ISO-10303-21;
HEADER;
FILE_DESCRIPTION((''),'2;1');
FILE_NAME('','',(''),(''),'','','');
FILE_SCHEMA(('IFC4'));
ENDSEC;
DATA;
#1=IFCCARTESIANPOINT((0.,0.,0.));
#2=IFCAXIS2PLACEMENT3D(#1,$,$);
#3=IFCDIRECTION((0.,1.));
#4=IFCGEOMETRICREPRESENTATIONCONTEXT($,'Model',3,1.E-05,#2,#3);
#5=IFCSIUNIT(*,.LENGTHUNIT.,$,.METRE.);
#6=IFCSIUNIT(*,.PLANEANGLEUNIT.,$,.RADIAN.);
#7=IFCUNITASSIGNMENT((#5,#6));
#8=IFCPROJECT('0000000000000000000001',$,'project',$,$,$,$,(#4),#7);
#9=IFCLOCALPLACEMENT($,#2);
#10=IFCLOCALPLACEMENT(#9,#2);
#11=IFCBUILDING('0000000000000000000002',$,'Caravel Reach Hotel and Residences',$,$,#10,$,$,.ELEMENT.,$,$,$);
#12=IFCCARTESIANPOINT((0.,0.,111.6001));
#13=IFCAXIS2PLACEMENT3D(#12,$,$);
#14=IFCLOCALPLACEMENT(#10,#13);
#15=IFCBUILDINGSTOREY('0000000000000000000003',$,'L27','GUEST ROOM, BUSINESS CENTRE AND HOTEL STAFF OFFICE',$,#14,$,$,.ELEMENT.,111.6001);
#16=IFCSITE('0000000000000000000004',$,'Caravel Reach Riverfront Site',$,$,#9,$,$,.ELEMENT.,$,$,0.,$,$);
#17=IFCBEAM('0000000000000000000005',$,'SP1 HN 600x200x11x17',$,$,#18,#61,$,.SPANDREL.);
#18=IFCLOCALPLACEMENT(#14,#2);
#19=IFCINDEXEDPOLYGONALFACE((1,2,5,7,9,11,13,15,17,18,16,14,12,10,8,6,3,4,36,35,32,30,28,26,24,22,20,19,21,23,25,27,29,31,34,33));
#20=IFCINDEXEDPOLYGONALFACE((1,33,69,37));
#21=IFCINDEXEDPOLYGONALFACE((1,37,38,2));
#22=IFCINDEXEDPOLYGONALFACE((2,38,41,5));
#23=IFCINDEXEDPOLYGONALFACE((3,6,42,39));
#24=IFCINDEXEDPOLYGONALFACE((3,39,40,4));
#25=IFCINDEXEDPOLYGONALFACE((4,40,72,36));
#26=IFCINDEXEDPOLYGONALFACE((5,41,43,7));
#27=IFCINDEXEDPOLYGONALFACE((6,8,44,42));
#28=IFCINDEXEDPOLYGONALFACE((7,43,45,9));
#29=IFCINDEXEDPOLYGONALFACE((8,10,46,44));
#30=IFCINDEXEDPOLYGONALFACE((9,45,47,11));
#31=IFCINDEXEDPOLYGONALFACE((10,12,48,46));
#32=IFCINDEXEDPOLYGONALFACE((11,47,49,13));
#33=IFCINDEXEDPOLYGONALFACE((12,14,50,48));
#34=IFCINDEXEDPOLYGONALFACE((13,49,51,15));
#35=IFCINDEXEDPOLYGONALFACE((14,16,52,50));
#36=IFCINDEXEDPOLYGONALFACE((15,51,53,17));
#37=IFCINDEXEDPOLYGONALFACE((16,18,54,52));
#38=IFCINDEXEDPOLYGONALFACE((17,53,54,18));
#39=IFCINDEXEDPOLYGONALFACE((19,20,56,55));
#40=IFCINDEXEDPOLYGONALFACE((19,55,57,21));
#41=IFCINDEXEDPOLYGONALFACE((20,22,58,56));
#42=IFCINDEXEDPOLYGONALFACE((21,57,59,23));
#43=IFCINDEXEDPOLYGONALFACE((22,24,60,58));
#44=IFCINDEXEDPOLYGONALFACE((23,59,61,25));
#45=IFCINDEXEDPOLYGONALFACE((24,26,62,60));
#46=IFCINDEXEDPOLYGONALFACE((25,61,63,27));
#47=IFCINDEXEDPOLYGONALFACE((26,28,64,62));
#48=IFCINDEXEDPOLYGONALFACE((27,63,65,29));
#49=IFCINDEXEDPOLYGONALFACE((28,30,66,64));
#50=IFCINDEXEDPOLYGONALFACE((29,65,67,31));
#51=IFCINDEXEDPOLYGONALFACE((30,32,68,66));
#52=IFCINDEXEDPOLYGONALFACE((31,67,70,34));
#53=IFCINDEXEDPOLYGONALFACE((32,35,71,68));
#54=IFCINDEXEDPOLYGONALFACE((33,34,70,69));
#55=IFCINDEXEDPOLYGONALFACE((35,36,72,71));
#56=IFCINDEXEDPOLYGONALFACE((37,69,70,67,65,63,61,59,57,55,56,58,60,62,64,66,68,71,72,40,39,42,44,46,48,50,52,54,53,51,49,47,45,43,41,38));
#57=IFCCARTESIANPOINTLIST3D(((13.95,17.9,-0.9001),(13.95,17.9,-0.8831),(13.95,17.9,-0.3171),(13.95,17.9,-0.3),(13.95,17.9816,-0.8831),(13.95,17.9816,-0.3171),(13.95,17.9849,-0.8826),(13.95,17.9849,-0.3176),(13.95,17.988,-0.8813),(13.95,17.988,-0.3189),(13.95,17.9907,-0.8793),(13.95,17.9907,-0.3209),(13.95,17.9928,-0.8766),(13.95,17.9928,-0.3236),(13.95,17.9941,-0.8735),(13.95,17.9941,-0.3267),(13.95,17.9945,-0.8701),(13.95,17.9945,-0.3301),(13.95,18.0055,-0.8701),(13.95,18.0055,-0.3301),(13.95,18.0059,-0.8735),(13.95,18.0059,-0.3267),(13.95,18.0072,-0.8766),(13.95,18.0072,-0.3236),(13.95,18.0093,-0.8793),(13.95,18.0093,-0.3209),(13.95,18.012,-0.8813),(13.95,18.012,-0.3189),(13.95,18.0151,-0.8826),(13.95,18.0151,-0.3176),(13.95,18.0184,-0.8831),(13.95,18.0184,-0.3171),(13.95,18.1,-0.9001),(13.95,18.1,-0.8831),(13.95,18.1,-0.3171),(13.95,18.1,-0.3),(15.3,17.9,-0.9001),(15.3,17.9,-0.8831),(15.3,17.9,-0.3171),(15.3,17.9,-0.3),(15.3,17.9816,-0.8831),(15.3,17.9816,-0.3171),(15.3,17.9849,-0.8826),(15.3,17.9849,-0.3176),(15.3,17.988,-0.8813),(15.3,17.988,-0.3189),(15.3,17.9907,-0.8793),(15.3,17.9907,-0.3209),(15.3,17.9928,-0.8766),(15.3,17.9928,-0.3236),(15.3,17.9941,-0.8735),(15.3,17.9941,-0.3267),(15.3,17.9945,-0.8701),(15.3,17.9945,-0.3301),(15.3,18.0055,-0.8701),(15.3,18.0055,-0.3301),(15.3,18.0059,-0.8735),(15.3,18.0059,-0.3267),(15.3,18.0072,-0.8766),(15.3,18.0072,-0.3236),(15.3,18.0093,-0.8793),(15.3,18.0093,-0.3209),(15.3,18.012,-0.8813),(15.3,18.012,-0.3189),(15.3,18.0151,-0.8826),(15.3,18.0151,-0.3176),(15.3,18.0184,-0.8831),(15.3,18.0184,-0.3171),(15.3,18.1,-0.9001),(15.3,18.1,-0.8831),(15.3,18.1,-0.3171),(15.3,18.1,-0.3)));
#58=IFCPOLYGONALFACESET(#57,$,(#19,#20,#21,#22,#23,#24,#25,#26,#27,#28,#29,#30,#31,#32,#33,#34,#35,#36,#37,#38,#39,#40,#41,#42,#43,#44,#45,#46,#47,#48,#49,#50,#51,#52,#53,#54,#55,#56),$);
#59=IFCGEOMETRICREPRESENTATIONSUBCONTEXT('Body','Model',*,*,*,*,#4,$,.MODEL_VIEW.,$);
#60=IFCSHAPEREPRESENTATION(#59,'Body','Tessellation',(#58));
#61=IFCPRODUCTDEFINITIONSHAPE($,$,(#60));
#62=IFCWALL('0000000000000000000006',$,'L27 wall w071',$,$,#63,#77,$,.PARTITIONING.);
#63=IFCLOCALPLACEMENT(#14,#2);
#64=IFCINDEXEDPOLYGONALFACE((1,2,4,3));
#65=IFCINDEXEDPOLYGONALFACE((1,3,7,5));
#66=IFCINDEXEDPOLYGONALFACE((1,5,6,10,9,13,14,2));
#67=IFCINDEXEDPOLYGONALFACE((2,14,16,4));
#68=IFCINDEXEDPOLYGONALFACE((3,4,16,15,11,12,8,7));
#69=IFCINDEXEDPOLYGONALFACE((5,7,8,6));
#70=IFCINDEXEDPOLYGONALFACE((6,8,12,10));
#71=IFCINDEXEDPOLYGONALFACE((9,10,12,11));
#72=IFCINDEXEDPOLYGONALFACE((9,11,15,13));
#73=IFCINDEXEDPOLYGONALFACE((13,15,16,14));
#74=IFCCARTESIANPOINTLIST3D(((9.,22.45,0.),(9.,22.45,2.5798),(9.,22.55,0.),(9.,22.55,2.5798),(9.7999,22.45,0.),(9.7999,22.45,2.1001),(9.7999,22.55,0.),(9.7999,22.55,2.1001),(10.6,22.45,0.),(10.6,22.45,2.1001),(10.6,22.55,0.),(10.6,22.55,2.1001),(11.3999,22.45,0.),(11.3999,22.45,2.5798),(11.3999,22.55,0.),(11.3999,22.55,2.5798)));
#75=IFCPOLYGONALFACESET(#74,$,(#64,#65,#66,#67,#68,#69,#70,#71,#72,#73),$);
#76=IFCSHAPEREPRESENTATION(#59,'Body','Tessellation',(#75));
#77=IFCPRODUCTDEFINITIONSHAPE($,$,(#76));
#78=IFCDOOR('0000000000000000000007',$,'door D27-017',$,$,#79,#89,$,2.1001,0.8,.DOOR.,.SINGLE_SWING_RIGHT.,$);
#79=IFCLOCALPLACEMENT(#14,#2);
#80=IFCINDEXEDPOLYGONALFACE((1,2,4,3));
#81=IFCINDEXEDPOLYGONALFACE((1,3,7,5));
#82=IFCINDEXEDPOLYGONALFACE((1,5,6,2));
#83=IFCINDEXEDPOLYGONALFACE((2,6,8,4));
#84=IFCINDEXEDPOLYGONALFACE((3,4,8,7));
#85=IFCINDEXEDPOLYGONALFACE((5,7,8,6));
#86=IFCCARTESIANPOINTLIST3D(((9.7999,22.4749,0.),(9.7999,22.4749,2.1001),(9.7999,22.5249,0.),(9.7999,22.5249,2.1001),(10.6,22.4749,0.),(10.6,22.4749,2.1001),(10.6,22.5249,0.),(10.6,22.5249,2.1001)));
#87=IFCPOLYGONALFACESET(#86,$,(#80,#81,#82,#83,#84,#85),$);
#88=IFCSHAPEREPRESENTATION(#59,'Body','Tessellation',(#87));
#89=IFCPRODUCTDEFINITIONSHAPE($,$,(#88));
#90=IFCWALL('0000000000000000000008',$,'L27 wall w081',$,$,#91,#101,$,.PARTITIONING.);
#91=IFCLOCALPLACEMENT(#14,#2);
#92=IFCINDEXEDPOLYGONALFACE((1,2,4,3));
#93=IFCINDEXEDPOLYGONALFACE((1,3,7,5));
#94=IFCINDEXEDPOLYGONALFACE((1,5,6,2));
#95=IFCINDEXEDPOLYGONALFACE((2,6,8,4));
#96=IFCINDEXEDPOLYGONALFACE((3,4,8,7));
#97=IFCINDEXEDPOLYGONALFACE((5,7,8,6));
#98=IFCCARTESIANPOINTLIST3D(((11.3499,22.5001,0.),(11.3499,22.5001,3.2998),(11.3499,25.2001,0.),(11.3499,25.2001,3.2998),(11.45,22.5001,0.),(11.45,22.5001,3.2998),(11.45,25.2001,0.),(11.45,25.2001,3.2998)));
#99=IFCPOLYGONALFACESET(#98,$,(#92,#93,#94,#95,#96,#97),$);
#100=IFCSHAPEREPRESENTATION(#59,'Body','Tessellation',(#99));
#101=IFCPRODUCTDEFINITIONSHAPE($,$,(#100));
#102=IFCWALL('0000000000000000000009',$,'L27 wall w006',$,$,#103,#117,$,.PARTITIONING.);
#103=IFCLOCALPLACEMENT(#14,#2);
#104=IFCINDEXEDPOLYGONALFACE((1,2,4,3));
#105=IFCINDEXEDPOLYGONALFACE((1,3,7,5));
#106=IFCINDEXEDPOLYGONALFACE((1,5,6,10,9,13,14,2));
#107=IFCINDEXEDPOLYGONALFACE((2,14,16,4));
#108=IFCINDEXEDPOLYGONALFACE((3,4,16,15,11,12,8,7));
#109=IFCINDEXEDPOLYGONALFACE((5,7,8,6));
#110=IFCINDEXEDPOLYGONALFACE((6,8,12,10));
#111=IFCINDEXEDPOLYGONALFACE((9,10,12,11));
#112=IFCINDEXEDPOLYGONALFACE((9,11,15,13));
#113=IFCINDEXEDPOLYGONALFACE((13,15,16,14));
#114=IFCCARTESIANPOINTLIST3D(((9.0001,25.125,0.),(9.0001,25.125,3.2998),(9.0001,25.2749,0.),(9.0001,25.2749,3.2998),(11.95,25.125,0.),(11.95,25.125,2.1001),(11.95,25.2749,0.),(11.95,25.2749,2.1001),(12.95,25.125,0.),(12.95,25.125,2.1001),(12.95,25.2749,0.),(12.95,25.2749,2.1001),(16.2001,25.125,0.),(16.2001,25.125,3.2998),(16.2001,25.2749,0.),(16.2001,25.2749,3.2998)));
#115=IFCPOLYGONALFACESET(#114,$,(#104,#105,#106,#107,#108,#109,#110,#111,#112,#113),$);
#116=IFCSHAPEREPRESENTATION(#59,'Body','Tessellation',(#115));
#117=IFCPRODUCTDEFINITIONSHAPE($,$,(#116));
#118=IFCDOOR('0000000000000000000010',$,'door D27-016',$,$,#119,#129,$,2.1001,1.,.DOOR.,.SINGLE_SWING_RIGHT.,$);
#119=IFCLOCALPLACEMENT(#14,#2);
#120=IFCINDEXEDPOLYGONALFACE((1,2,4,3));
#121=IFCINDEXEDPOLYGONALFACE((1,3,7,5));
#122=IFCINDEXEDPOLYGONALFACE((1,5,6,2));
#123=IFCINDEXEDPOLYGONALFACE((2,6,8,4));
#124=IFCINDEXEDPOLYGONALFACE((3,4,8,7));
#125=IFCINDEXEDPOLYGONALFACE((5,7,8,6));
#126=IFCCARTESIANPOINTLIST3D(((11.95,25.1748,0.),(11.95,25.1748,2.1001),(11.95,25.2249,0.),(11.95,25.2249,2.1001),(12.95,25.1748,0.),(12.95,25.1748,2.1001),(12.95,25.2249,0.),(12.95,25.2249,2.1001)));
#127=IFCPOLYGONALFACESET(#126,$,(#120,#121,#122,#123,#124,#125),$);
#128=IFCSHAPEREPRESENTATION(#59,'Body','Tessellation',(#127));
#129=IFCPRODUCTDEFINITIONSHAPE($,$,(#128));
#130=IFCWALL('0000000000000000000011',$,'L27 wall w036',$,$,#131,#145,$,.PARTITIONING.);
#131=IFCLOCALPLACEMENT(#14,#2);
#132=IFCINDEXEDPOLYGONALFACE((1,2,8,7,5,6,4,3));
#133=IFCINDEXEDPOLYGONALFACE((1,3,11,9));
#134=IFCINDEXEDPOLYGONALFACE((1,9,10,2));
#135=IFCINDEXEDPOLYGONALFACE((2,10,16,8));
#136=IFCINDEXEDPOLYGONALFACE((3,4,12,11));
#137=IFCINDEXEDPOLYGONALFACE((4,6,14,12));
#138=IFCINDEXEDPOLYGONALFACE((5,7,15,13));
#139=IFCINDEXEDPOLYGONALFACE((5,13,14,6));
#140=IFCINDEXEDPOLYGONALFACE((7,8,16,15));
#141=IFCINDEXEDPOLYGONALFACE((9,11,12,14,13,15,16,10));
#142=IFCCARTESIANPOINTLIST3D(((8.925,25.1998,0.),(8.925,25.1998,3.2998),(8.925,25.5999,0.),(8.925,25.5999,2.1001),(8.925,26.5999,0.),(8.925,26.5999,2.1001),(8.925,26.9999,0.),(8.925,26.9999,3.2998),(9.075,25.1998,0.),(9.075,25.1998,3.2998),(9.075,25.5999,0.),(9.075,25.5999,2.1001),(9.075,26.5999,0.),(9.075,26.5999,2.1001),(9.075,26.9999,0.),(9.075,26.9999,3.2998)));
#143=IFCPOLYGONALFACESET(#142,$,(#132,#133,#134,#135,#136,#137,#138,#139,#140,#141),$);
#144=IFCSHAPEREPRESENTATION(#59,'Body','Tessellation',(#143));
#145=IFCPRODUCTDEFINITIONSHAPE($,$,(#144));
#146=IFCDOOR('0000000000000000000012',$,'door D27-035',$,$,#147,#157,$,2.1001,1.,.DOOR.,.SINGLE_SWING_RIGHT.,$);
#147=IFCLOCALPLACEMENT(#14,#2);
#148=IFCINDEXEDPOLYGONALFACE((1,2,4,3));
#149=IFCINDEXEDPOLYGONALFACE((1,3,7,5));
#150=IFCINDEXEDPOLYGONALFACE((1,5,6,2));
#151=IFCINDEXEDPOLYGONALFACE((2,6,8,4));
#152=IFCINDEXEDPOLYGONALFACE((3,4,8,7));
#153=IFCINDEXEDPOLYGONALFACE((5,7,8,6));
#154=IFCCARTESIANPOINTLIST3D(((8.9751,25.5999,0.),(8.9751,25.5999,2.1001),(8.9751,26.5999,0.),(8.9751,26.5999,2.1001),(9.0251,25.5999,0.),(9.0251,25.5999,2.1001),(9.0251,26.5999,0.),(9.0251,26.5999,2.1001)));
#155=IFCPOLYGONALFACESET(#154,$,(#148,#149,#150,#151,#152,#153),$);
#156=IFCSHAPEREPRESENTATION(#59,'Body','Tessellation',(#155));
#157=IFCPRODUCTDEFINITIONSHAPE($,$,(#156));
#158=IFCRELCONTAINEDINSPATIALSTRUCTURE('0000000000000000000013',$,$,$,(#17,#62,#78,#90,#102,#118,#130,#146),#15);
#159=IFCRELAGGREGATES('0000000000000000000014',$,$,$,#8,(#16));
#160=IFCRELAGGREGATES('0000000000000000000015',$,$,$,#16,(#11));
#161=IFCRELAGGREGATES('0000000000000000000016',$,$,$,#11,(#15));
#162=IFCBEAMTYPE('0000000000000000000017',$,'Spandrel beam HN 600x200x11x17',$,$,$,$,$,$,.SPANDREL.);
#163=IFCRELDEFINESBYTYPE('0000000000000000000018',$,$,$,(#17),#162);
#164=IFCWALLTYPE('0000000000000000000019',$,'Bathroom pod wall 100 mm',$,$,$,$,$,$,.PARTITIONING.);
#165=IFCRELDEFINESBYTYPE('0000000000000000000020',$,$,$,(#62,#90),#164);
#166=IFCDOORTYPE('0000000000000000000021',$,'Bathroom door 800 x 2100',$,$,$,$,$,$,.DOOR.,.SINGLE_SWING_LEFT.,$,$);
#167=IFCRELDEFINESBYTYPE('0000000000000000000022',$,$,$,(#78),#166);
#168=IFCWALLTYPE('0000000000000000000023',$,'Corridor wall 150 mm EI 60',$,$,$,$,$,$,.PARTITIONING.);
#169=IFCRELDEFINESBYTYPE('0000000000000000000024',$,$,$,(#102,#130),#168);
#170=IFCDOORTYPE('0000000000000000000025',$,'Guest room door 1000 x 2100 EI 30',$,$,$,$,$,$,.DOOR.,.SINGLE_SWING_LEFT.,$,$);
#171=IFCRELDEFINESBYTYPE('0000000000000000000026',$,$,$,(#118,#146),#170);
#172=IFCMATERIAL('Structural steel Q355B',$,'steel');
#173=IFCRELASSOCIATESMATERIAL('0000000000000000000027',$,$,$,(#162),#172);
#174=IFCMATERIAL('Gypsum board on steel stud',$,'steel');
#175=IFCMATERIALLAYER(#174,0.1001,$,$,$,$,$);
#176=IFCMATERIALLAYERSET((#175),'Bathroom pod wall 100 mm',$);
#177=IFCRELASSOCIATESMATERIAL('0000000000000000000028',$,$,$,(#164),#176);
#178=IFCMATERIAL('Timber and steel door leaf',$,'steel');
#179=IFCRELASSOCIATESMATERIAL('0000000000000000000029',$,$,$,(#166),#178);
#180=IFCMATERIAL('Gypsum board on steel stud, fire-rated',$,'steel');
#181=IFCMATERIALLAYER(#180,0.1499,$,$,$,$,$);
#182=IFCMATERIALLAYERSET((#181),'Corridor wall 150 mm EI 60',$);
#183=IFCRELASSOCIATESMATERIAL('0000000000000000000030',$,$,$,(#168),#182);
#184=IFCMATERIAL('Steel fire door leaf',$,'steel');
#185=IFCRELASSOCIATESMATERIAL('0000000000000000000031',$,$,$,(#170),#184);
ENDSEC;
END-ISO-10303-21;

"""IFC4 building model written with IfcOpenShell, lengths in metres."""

from ifc_helpers import new_model, si_unit, direction, frame, frame_2d, origin, origin_2d, place, context, subcontext, project, spatial, rectangle, i_section, extrude, material, layer, layer_set, material_profile, profile_set, type_object, element, fill, save


model = new_model("IFC4")

# Units and contexts
model_context = context("Model", 3, precision=1e-05, world=origin(), true_north=direction((0.0, 1.0)))
body_context = subcontext(model_context, "Body", "Model", "MODEL_VIEW")
ifc_project = project(units=[si_unit("LENGTHUNIT", "METRE"), si_unit("PLANEANGLEUNIT", "RADIAN")], contexts=[model_context])

# Site, building, storey
site_placement = place(None, origin())
site = spatial("IfcSite", under=ifc_project, at=site_placement, Name="Caravel Reach Riverfront Site", CompositionType="ELEMENT", RefElevation=0.0)
building_placement = place(site_placement, origin())
building = spatial("IfcBuilding", under=site, at=building_placement, Name="Caravel Reach Hotel and Residences", CompositionType="ELEMENT")
storey_placement = place(building_placement, frame((0.0, 0.0, 111.6001)))
storey = spatial("IfcBuildingStorey", under=building, at=storey_placement, Name="L27", Description="GUEST ROOM, BUSINESS CENTRE AND HOTEL STAFF OFFICE", CompositionType="ELEMENT", Elevation=111.6001)

# Beam
ifc_material_1 = material(Name="Structural steel Q355B", Category="steel")
ifc_material_profile_1 = material_profile(ifc_material_1, i_section(OverallWidth=0.2, OverallDepth=0.6001, WebThickness=0.011, FlangeThickness=0.0171, FilletRadius=0.0129, at=origin_2d()), Name="HN 600x200x11x17")
ifc_profile_set_1 = profile_set([ifc_material_profile_1], Name="Structural steel Q355B")
beam_type_1 = type_object("IfcBeamType", Name="Spandrel beam HN 600x200x11x17", PredefinedType="SPANDREL", material=ifc_profile_set_1)
for number, where, z_axis, x_axis, name in (
    (1, (13.95, 18.0, -0.6001), (1.0, 0.0, 0.0), (0.0, 1.0, 0.0), "SP1 HN 600x200x11x17"),
):
    element("IfcBeam", number, at=place(storey_placement, frame(where, z_axis=z_axis, x_axis=x_axis)), inside=storey, type_object=beam_type_1, Name=name, PredefinedType="SPANDREL", context=body_context, shape_type="SweptSolid", body=[
        extrude(i_section(OverallWidth=0.2, OverallDepth=0.6001, WebThickness=0.011, FlangeThickness=0.0171, FilletRadius=0.0129, at=origin_2d()), origin(), (0.0, 0.0, 1.0), 1.3501),
    ])

# Wall, opening, door
ifc_material_2 = material(Name="Gypsum board on steel stud", Category="steel")
ifc_layer_1 = layer(ifc_material_2, 0.1001)
ifc_layer_set_1 = layer_set([ifc_layer_1], Name="Bathroom pod wall 100 mm")
wall_type_1 = type_object("IfcWallType", Name="Bathroom pod wall 100 mm", PredefinedType="PARTITIONING", material=ifc_layer_set_1)
wall_1_placement = place(storey_placement, frame((9.0, 22.5, 0.0), z_axis=(0.0, 0.0, 1.0), x_axis=(1.0, 0.0, 0.0)))
wall_1 = element("IfcWall", 2, at=wall_1_placement, inside=storey, type_object=wall_type_1, Name="L27 wall w071", PredefinedType="PARTITIONING", context=body_context, shape_type="SweptSolid", body=[
    extrude(rectangle(XDim=2.3999, YDim=0.1001, at=frame_2d((1.2, 0.0))), origin(), (0.0, 0.0, 1.0), 2.5798),
])
opening_1_placement = place(wall_1_placement, frame((0.8, 0.0, 0.0)))
opening_1 = element("IfcOpeningElement", 3, at=opening_1_placement, cuts=wall_1, PredefinedType="OPENING", context=body_context, shape_type="SweptSolid", body=[
    extrude(rectangle(XDim=0.8, YDim=2.1001, at=frame_2d((0.3999, 1.05))), frame((0.0, 0.0601, 0.0), z_axis=(0.0, -1.0, 0.0), x_axis=(1.0, 0.0, 0.0)), (0.0, 0.0, 1.0), 0.1201),
])
ifc_material_3 = material(Name="Timber and steel door leaf", Category="steel")
door_type_1 = type_object("IfcDoorType", Name="Bathroom door 800 x 2100", OperationType="SINGLE_SWING_LEFT", PredefinedType="DOOR", material=ifc_material_3)
door_1_placement = place(opening_1_placement, origin())
door_1 = element("IfcDoor", 4, at=door_1_placement, inside=storey, type_object=door_type_1, Name="door D27-017", OperationType="SINGLE_SWING_RIGHT", OverallHeight=2.1001, OverallWidth=0.8, PredefinedType="DOOR", context=body_context, shape_type="SweptSolid", body=[
    extrude(rectangle(XDim=0.8, YDim=2.1001, at=frame_2d((0.3999, 1.05))), frame((0.0, 0.0249, 0.0), z_axis=(0.0, -1.0, 0.0), x_axis=(1.0, 0.0, 0.0)), (0.0, 0.0, 1.0), 0.05),
])
fill(opening_1, door_1)

# Wall
wall_2_placement = place(storey_placement, frame((11.3999, 22.5, 0.0), z_axis=(0.0, 0.0, 1.0), x_axis=(0.0, 1.0, 0.0)))
element("IfcWall", 5, at=wall_2_placement, inside=storey, type_object=wall_type_1, Name="L27 wall w081", PredefinedType="PARTITIONING", context=body_context, shape_type="SweptSolid", body=[
    extrude(rectangle(XDim=2.7, YDim=0.1001, at=frame_2d((1.3501, 0.0))), origin(), (0.0, 0.0, 1.0), 3.2998),
])

# Walls, openings, doors
ifc_material_4 = material(Name="Gypsum board on steel stud, fire-rated", Category="steel")
ifc_layer_2 = layer(ifc_material_4, 0.1499)
ifc_layer_set_2 = layer_set([ifc_layer_2], Name="Corridor wall 150 mm EI 60")
wall_type_2 = type_object("IfcWallType", Name="Corridor wall 150 mm EI 60", PredefinedType="PARTITIONING", material=ifc_layer_set_2)
wall_3_placement = place(storey_placement, frame((9.0, 25.2, 0.0), z_axis=(0.0, 0.0, 1.0), x_axis=(1.0, 0.0, 0.0)))
wall_3 = element("IfcWall", 6, at=wall_3_placement, inside=storey, type_object=wall_type_2, Name="L27 wall w006", PredefinedType="PARTITIONING", context=body_context, shape_type="SweptSolid", body=[
    extrude(rectangle(XDim=7.2, YDim=0.1499, at=frame_2d((3.6001, 0.0))), origin(), (0.0, 0.0, 1.0), 3.2998),
])
opening_2_placement = place(wall_3_placement, frame((2.95, 0.0, 0.0)))
opening_2 = element("IfcOpeningElement", 7, at=opening_2_placement, cuts=wall_3, PredefinedType="OPENING", context=body_context, shape_type="SweptSolid", body=[
    extrude(rectangle(XDim=1.0, YDim=2.1001, at=frame_2d((0.5, 1.05))), frame((0.0, 0.085, 0.0), z_axis=(0.0, -1.0, 0.0), x_axis=(1.0, 0.0, 0.0)), (0.0, 0.0, 1.0), 0.1699),
])
ifc_material_5 = material(Name="Steel fire door leaf", Category="steel")
door_type_2 = type_object("IfcDoorType", Name="Guest room door 1000 x 2100 EI 30", OperationType="SINGLE_SWING_LEFT", PredefinedType="DOOR", material=ifc_material_5)
door_2_placement = place(opening_2_placement, origin())
door_2 = element("IfcDoor", 8, at=door_2_placement, inside=storey, type_object=door_type_2, Name="door D27-016", OperationType="SINGLE_SWING_RIGHT", OverallHeight=2.1001, OverallWidth=1.0, PredefinedType="DOOR", context=body_context, shape_type="SweptSolid", body=[
    extrude(rectangle(XDim=1.0, YDim=2.1001, at=frame_2d((0.5, 1.05))), frame((0.0, 0.0249, 0.0), z_axis=(0.0, -1.0, 0.0), x_axis=(1.0, 0.0, 0.0)), (0.0, 0.0, 1.0), 0.05),
])
fill(opening_2, door_2)
wall_4_placement = place(storey_placement, frame((9.0, 25.2, 0.0), z_axis=(0.0, 0.0, 1.0), x_axis=(0.0, 1.0, 0.0)))
wall_4 = element("IfcWall", 9, at=wall_4_placement, inside=storey, type_object=wall_type_2, Name="L27 wall w036", PredefinedType="PARTITIONING", context=body_context, shape_type="SweptSolid", body=[
    extrude(rectangle(XDim=1.8, YDim=0.1499, at=frame_2d((0.8999, 0.0))), origin(), (0.0, 0.0, 1.0), 3.2998),
])
opening_3_placement = place(wall_4_placement, frame((0.3999, 0.0, 0.0)))
opening_3 = element("IfcOpeningElement", 10, at=opening_3_placement, cuts=wall_4, PredefinedType="OPENING", context=body_context, shape_type="SweptSolid", body=[
    extrude(rectangle(XDim=1.0, YDim=2.1001, at=frame_2d((0.5, 1.05))), frame((0.0, 0.085, 0.0), z_axis=(0.0, -1.0, 0.0), x_axis=(1.0, 0.0, 0.0)), (0.0, 0.0, 1.0), 0.1699),
])
door_3_placement = place(opening_3_placement, origin())
door_3 = element("IfcDoor", 11, at=door_3_placement, inside=storey, type_object=door_type_2, Name="door D27-035", OperationType="SINGLE_SWING_RIGHT", OverallHeight=2.1001, OverallWidth=1.0, PredefinedType="DOOR", context=body_context, shape_type="SweptSolid", body=[
    extrude(rectangle(XDim=1.0, YDim=2.1001, at=frame_2d((0.5, 1.05))), frame((0.0, 0.0249, 0.0), z_axis=(0.0, -1.0, 0.0), x_axis=(1.0, 0.0, 0.0)), (0.0, 0.0, 1.0), 0.05),
])
fill(opening_3, door_3)

save(model, "model.ifc")
